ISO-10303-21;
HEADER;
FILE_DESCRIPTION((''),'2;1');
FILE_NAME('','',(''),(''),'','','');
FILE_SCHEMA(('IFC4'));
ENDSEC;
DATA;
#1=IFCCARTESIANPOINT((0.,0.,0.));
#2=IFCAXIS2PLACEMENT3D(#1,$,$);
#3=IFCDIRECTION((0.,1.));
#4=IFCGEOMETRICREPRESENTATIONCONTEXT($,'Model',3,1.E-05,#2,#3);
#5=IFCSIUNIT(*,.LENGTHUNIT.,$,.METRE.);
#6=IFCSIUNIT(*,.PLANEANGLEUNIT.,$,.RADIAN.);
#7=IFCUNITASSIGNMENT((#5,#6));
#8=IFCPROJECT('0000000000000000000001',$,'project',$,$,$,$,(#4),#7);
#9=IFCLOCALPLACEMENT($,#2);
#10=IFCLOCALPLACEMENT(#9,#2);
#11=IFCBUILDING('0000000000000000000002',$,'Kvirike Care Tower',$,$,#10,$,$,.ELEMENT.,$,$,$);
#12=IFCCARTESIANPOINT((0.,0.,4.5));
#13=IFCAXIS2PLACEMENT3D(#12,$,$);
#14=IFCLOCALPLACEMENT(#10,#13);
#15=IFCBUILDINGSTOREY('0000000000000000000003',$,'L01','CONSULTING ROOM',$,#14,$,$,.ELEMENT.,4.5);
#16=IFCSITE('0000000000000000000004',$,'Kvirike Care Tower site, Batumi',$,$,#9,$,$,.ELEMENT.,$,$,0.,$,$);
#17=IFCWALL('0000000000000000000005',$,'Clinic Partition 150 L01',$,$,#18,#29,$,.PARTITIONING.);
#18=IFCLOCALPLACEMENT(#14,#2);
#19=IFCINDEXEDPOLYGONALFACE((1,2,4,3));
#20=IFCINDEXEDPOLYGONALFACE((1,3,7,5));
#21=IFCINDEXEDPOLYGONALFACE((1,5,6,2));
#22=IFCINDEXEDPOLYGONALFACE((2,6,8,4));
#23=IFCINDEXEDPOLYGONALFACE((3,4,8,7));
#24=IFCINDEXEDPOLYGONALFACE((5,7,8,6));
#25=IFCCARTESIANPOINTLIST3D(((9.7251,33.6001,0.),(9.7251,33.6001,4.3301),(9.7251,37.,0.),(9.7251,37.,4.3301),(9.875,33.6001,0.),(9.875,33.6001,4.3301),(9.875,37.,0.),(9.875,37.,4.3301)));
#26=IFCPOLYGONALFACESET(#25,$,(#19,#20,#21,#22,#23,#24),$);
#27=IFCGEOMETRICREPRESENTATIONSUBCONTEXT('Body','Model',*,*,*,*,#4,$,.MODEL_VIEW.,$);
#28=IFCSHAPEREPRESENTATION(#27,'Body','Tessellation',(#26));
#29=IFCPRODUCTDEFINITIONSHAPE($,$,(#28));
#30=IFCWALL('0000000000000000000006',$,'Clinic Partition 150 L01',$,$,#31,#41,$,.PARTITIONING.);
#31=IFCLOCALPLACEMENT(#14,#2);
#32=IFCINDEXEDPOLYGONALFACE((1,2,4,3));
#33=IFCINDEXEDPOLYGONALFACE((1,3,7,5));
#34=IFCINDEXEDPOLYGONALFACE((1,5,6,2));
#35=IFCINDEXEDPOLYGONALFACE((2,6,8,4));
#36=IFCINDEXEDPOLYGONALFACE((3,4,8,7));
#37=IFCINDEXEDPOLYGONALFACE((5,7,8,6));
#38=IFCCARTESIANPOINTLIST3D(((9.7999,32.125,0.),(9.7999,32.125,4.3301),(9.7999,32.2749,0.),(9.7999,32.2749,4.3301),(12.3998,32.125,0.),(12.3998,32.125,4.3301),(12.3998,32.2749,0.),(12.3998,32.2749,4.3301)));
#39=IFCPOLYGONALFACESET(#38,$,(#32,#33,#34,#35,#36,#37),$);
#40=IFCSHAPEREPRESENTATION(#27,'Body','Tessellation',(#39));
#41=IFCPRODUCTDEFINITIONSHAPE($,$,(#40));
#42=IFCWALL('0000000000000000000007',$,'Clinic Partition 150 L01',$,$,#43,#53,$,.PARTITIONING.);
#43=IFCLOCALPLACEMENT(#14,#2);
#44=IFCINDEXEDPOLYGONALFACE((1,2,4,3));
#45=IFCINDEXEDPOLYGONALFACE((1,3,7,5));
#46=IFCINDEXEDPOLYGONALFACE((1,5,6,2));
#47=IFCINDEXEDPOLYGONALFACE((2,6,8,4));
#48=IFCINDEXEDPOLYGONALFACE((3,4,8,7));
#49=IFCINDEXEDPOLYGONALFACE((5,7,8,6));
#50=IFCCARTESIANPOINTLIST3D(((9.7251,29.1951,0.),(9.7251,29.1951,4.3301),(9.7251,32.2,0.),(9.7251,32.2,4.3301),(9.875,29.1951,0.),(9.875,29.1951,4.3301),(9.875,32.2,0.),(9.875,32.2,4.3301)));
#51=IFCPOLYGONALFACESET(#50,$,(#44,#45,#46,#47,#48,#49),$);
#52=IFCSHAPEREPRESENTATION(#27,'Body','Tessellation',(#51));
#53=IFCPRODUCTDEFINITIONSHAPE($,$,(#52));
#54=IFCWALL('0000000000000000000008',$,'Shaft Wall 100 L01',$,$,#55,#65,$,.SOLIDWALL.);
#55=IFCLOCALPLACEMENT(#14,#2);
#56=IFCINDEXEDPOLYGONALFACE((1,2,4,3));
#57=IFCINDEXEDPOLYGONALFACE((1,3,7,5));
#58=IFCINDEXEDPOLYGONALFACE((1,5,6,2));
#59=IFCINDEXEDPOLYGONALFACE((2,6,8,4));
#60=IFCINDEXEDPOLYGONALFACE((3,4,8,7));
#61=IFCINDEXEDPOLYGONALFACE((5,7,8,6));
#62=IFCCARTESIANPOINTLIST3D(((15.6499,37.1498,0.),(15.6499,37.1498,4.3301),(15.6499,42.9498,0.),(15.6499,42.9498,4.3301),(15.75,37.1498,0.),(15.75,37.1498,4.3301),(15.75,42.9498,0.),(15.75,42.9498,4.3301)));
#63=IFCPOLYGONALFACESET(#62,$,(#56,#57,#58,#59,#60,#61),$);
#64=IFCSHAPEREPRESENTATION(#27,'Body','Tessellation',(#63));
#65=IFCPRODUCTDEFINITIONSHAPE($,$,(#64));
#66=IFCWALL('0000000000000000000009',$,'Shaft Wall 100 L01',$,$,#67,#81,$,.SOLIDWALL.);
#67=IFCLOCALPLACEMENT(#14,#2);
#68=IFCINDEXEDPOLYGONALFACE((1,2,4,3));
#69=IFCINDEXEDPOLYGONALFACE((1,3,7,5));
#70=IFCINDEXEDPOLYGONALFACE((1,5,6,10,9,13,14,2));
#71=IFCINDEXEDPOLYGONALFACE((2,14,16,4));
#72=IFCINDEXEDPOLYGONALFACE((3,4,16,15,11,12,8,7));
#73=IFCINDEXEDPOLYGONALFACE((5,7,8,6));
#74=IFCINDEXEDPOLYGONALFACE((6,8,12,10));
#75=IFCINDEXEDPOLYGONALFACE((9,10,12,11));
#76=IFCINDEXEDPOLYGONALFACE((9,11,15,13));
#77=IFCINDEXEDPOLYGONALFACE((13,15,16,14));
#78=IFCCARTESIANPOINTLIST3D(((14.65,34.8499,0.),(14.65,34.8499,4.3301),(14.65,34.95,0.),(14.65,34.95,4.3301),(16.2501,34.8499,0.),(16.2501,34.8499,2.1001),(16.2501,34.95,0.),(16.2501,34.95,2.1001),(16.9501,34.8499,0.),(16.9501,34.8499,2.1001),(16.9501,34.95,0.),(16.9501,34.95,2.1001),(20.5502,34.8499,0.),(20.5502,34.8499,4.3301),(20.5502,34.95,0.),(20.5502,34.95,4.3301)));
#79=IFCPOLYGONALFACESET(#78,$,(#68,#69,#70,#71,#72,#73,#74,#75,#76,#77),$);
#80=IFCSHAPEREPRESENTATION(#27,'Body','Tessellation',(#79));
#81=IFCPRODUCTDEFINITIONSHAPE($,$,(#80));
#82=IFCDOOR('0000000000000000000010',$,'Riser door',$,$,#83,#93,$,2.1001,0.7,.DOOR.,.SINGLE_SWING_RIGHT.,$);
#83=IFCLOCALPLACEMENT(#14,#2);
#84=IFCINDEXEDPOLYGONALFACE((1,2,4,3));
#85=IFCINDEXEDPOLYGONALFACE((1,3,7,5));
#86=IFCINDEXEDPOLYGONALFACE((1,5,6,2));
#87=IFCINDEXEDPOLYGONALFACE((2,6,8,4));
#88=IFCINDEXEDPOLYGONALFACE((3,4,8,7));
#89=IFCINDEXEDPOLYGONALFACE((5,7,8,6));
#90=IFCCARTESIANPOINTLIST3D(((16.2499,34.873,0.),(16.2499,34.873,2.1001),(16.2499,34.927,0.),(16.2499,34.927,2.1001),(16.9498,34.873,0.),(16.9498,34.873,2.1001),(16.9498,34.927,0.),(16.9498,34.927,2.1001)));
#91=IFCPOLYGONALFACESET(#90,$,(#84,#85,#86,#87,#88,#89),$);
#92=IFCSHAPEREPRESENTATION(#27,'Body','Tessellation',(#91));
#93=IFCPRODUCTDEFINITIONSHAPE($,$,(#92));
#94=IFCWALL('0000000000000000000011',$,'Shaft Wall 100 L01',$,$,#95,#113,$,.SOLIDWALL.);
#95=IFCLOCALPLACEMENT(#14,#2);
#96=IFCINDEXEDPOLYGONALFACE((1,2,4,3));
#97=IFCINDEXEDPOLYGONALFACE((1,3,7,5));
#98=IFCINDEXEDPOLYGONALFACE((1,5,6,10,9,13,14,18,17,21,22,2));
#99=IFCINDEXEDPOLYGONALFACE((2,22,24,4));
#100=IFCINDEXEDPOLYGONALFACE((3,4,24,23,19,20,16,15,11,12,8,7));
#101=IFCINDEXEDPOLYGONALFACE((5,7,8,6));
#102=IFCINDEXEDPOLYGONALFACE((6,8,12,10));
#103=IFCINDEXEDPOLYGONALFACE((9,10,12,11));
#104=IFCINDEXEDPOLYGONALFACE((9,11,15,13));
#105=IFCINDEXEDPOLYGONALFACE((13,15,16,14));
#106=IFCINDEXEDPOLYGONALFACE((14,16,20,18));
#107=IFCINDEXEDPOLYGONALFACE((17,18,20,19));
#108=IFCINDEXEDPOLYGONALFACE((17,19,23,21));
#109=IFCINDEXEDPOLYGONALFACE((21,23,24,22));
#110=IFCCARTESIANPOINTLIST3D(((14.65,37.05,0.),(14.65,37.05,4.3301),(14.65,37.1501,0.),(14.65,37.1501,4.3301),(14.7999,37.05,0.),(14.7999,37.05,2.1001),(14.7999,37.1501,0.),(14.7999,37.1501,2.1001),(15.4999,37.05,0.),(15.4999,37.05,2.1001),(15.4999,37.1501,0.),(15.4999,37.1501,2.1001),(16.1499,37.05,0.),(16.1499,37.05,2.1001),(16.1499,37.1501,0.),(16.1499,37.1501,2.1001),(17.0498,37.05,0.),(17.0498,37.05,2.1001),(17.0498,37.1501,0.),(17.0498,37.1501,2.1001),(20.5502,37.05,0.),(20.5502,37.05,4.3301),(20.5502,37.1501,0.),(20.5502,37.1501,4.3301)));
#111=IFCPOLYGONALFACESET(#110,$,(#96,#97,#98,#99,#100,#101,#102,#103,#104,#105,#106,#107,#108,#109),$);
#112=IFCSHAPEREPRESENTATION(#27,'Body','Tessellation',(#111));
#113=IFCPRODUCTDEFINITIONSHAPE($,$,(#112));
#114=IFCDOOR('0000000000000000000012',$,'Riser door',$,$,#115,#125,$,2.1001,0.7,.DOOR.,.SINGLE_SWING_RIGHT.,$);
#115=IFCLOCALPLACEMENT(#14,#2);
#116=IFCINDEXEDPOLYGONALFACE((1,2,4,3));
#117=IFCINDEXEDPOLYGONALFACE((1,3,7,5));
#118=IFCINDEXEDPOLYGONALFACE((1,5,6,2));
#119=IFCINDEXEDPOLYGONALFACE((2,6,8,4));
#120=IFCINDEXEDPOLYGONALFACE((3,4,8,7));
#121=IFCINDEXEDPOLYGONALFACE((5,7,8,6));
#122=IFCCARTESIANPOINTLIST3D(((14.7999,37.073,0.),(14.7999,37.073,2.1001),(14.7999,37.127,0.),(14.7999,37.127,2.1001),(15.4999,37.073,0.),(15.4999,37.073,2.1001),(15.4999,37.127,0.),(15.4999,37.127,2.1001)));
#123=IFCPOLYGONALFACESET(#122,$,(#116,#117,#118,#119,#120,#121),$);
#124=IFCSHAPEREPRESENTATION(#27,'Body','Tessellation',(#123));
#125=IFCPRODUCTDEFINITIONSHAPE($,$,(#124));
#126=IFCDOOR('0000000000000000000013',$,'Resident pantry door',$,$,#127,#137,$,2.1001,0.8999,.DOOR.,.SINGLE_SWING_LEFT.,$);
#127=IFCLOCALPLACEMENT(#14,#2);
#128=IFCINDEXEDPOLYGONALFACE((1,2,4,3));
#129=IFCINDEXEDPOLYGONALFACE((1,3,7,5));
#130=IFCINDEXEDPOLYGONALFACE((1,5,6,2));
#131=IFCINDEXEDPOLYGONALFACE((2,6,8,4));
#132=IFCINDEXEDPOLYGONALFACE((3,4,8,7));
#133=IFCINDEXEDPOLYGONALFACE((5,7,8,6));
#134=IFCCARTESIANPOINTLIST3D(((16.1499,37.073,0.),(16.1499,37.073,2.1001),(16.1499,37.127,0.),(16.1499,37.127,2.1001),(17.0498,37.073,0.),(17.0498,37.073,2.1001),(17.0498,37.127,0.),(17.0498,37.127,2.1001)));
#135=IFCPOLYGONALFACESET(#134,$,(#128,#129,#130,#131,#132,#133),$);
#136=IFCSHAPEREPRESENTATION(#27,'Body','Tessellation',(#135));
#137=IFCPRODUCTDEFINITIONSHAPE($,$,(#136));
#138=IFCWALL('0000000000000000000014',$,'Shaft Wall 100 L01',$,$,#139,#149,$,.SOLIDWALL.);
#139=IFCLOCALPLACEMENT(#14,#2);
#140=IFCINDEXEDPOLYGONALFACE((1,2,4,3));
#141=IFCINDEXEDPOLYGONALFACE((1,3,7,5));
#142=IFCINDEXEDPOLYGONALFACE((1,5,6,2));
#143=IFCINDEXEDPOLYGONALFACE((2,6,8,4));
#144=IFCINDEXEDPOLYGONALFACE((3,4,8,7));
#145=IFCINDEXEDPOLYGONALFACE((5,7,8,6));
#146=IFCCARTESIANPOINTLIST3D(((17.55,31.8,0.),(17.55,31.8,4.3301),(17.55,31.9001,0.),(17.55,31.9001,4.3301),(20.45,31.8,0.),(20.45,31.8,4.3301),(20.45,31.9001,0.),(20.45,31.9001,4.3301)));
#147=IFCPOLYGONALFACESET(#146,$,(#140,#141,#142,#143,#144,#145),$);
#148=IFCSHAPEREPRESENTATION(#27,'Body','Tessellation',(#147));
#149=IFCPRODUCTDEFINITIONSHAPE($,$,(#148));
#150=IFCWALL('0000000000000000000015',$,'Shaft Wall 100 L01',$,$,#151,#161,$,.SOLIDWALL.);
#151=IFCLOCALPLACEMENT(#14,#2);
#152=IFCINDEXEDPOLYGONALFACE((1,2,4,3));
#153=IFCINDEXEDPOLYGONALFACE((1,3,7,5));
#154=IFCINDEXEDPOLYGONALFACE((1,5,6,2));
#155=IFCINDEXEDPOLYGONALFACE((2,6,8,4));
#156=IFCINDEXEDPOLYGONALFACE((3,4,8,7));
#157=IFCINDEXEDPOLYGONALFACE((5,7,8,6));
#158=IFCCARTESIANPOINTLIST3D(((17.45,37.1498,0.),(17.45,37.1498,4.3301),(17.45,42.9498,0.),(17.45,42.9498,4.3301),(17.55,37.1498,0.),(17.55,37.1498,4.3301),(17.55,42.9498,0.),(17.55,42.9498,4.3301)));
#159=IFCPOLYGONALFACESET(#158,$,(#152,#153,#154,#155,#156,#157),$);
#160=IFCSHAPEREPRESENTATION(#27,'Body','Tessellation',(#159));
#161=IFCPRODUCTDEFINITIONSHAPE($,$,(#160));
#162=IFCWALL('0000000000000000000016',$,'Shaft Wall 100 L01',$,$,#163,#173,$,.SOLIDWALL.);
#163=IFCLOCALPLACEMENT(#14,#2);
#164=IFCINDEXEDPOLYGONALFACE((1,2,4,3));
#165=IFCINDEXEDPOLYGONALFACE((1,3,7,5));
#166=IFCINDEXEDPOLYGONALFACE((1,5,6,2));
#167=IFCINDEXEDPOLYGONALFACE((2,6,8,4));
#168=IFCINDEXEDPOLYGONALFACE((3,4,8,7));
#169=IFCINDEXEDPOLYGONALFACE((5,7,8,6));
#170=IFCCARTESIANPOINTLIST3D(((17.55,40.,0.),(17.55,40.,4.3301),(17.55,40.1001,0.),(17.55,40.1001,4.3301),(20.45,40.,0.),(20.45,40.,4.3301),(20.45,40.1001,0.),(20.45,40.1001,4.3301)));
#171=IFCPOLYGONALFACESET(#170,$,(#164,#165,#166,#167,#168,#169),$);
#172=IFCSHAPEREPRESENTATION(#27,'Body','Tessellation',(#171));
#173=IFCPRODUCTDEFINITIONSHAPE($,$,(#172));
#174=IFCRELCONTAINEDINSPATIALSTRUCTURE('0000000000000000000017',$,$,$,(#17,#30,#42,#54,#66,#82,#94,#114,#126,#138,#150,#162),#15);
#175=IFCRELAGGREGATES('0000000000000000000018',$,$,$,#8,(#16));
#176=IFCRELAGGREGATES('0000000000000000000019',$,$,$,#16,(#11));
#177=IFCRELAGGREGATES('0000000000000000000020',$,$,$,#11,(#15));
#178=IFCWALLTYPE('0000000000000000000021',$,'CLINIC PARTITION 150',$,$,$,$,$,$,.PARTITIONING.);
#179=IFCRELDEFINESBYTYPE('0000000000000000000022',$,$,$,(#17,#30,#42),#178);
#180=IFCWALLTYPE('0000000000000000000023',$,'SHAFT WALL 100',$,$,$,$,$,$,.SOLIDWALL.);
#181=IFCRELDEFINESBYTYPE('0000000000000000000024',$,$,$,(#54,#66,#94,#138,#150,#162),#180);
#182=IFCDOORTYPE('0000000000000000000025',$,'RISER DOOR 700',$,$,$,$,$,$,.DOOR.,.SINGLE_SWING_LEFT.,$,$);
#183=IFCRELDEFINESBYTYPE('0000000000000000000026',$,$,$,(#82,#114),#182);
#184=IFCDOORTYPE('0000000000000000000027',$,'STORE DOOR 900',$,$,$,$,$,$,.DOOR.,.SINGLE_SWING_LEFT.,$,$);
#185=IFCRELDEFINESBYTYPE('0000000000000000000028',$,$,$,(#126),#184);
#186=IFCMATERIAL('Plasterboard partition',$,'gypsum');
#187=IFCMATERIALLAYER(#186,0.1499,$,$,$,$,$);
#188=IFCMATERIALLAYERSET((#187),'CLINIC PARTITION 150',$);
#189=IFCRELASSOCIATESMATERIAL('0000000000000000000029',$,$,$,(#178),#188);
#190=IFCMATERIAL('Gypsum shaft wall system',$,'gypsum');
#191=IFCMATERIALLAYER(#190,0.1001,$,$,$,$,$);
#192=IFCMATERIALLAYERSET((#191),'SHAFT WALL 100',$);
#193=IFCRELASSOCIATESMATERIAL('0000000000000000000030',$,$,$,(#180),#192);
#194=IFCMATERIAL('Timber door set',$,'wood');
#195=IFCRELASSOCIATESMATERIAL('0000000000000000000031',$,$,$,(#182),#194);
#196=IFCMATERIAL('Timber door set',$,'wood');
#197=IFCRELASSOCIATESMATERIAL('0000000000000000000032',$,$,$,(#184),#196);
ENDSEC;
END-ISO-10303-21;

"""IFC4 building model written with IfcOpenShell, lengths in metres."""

from ifc_helpers import new_model, si_unit, direction, frame, frame_2d, origin, place, context, subcontext, project, spatial, rectangle, extrude, material, layer, layer_set, type_object, element, fill, save


model = new_model("IFC4")

# Units and contexts
model_context = context("Model", 3, precision=1e-05, world=origin(), true_north=direction((0.0, 1.0)))
body_context = subcontext(model_context, "Body", "Model", "MODEL_VIEW")
ifc_project = project(units=[si_unit("LENGTHUNIT", "METRE"), si_unit("PLANEANGLEUNIT", "RADIAN")], contexts=[model_context])

# Site, building, storey
site_placement = place(None, origin())
site = spatial("IfcSite", under=ifc_project, at=site_placement, Name="Kvirike Care Tower site, Batumi", CompositionType="ELEMENT", RefElevation=0.0)
building_placement = place(site_placement, origin())
building = spatial("IfcBuilding", under=site, at=building_placement, Name="Kvirike Care Tower", CompositionType="ELEMENT")
storey_placement = place(building_placement, frame((0.0, 0.0, 4.5)))
storey = spatial("IfcBuildingStorey", under=building, at=storey_placement, Name="L01", Description="CONSULTING ROOM", CompositionType="ELEMENT", Elevation=4.5)

# Walls
ifc_material_1 = material(Name="Plasterboard partition", Category="gypsum")
ifc_layer_1 = layer(ifc_material_1, 0.1499)
ifc_layer_set_1 = layer_set([ifc_layer_1], Name="CLINIC PARTITION 150")
wall_type_1 = type_object("IfcWallType", Name="CLINIC PARTITION 150", PredefinedType="PARTITIONING", material=ifc_layer_set_1)
wall_1_placement = place(storey_placement, frame((9.8, 37.0, 0.0), z_axis=(0.0, 0.0, 1.0), x_axis=(0.0, -1.0, 0.0)))
element("IfcWall", 1, at=wall_1_placement, inside=storey, type_object=wall_type_1, Name="Clinic Partition 150 L01", PredefinedType="PARTITIONING", context=body_context, shape_type="SweptSolid", body=[
    extrude(rectangle(XDim=3.3999, YDim=0.1499, at=frame_2d((1.7, 0.0))), origin(), (0.0, 0.0, 1.0), 4.3301),
])
wall_2_placement = place(storey_placement, frame((9.8, 32.2, 0.0), z_axis=(0.0, 0.0, 1.0), x_axis=(1.0, 0.0, 0.0)))
element("IfcWall", 2, at=wall_2_placement, inside=storey, type_object=wall_type_1, Name="Clinic Partition 150 L01", PredefinedType="PARTITIONING", context=body_context, shape_type="SweptSolid", body=[
    extrude(rectangle(XDim=2.5999, YDim=0.1499, at=frame_2d((1.2998, 0.0))), origin(), (0.0, 0.0, 1.0), 4.3301),
])
wall_3_placement = place(storey_placement, frame((9.8, 32.2, 0.0), z_axis=(0.0, 0.0, 1.0), x_axis=(0.0, -1.0, 0.0)))
element("IfcWall", 3, at=wall_3_placement, inside=storey, type_object=wall_type_1, Name="Clinic Partition 150 L01", PredefinedType="PARTITIONING", context=body_context, shape_type="SweptSolid", body=[
    extrude(rectangle(XDim=3.0049, YDim=0.1499, at=frame_2d((1.5024, 0.0))), origin(), (0.0, 0.0, 1.0), 4.3301),
])
ifc_material_2 = material(Name="Gypsum shaft wall system", Category="gypsum")
ifc_layer_2 = layer(ifc_material_2, 0.1001)
ifc_layer_set_2 = layer_set([ifc_layer_2], Name="SHAFT WALL 100")
wall_type_2 = type_object("IfcWallType", Name="SHAFT WALL 100", PredefinedType="SOLIDWALL", material=ifc_layer_set_2)
wall_4_placement = place(storey_placement, frame((15.7, 37.1499, 0.0), z_axis=(0.0, 0.0, 1.0), x_axis=(0.0, 1.0, 0.0)))
element("IfcWall", 4, at=wall_4_placement, inside=storey, type_object=wall_type_2, Name="Shaft Wall 100 L01", PredefinedType="SOLIDWALL", context=body_context, shape_type="SweptSolid", body=[
    extrude(rectangle(XDim=5.8, YDim=0.1001, at=frame_2d((2.8999, 0.0))), origin(), (0.0, 0.0, 1.0), 4.3301),
])

# Wall, opening, door
wall_5_placement = place(storey_placement, frame((14.6499, 34.8999, 0.0), z_axis=(0.0, 0.0, 1.0), x_axis=(1.0, 0.0, 0.0)))
wall_5 = element("IfcWall", 5, at=wall_5_placement, inside=storey, type_object=wall_type_2, Name="Shaft Wall 100 L01", PredefinedType="SOLIDWALL", context=body_context, shape_type="SweptSolid", body=[
    extrude(rectangle(XDim=5.9001, YDim=0.1001, at=frame_2d((2.9502, 0.0))), origin(), (0.0, 0.0, 1.0), 4.3301),
])
opening_1_placement = place(wall_5_placement, frame((1.6001, 0.0, 0.0)))
opening_1 = element("IfcOpeningElement", 6, at=opening_1_placement, cuts=wall_5, PredefinedType="OPENING", context=body_context, shape_type="SweptSolid", body=[
    extrude(rectangle(XDim=0.7, YDim=2.1001, at=frame_2d((0.3501, 1.05))), frame((0.0, 0.0605, 0.0), z_axis=(0.0, -1.0, 0.0), x_axis=(1.0, 0.0, 0.0)), (0.0, 0.0, 1.0), 0.1211),
])
ifc_material_3 = material(Name="Timber door set", Category="wood")
door_type_1 = type_object("IfcDoorType", Name="RISER DOOR 700", OperationType="SINGLE_SWING_LEFT", PredefinedType="DOOR", material=ifc_material_3)
door_1_placement = place(opening_1_placement, frame((0.7, 0.0, 0.0), z_axis=(0.0, 0.0, 1.0), x_axis=(-1.0, 0.0, 0.0)))
door_1 = element("IfcDoor", 7, at=door_1_placement, inside=storey, type_object=door_type_1, Name="Riser door", OperationType="SINGLE_SWING_RIGHT", OverallHeight=2.1001, OverallWidth=0.7, PredefinedType="DOOR", context=body_context, shape_type="SweptSolid", body=[
    extrude(rectangle(XDim=0.7, YDim=2.1001, at=frame_2d((0.3501, 1.05))), frame((0.0, 0.0269, 0.0), z_axis=(0.0, -1.0, 0.0), x_axis=(1.0, 0.0, 0.0)), (0.0, 0.0, 1.0), 0.054),
])
fill(opening_1, door_1)

# Wall, openings, doors
wall_6_placement = place(storey_placement, frame((14.6499, 37.1001, 0.0), z_axis=(0.0, 0.0, 1.0), x_axis=(1.0, 0.0, 0.0)))
wall_6 = element("IfcWall", 8, at=wall_6_placement, inside=storey, type_object=wall_type_2, Name="Shaft Wall 100 L01", PredefinedType="SOLIDWALL", context=body_context, shape_type="SweptSolid", body=[
    extrude(rectangle(XDim=5.9001, YDim=0.1001, at=frame_2d((2.9502, 0.0))), origin(), (0.0, 0.0, 1.0), 4.3301),
])
opening_2_placement = place(wall_6_placement, frame((0.1499, 0.0, 0.0)))
opening_2 = element("IfcOpeningElement", 9, at=opening_2_placement, cuts=wall_6, PredefinedType="OPENING", context=body_context, shape_type="SweptSolid", body=[
    extrude(rectangle(XDim=0.7, YDim=2.1001, at=frame_2d((0.3501, 1.05))), frame((0.0, 0.0605, 0.0), z_axis=(0.0, -1.0, 0.0), x_axis=(1.0, 0.0, 0.0)), (0.0, 0.0, 1.0), 0.1211),
])
opening_3_placement = place(wall_6_placement, frame((1.5, 0.0, 0.0)))
opening_3 = element("IfcOpeningElement", 10, at=opening_3_placement, cuts=wall_6, PredefinedType="OPENING", context=body_context, shape_type="SweptSolid", body=[
    extrude(rectangle(XDim=0.8999, YDim=2.1001, at=frame_2d((0.45, 1.05))), frame((0.0, 0.0605, 0.0), z_axis=(0.0, -1.0, 0.0), x_axis=(1.0, 0.0, 0.0)), (0.0, 0.0, 1.0), 0.1211),
])
door_2_placement = place(opening_2_placement, origin())
door_2 = element("IfcDoor", 11, at=door_2_placement, inside=storey, type_object=door_type_1, Name="Riser door", OperationType="SINGLE_SWING_RIGHT", OverallHeight=2.1001, OverallWidth=0.7, PredefinedType="DOOR", context=body_context, shape_type="SweptSolid", body=[
    extrude(rectangle(XDim=0.7, YDim=2.1001, at=frame_2d((0.3501, 1.05))), frame((0.0, 0.0269, 0.0), z_axis=(0.0, -1.0, 0.0), x_axis=(1.0, 0.0, 0.0)), (0.0, 0.0, 1.0), 0.054),
])
fill(opening_2, door_2)
ifc_material_4 = material(Name="Timber door set", Category="wood")
door_type_2 = type_object("IfcDoorType", Name="STORE DOOR 900", OperationType="SINGLE_SWING_LEFT", PredefinedType="DOOR", material=ifc_material_4)
door_3_placement = place(opening_3_placement, origin())
door_3 = element("IfcDoor", 12, at=door_3_placement, inside=storey, type_object=door_type_2, Name="Resident pantry door", OperationType="SINGLE_SWING_LEFT", OverallHeight=2.1001, OverallWidth=0.8999, PredefinedType="DOOR", context=body_context, shape_type="SweptSolid", body=[
    extrude(rectangle(XDim=0.8999, YDim=2.1001, at=frame_2d((0.45, 1.05))), frame((0.0, 0.0269, 0.0), z_axis=(0.0, -1.0, 0.0), x_axis=(1.0, 0.0, 0.0)), (0.0, 0.0, 1.0), 0.054),
])
fill(opening_3, door_3)

# Walls
wall_7_placement = place(storey_placement, frame((17.55, 31.8501, 0.0), z_axis=(0.0, 0.0, 1.0), x_axis=(1.0, 0.0, 0.0)))
element("IfcWall", 13, at=wall_7_placement, inside=storey, type_object=wall_type_2, Name="Shaft Wall 100 L01", PredefinedType="SOLIDWALL", context=body_context, shape_type="SweptSolid", body=[
    extrude(rectangle(XDim=2.8999, YDim=0.1001, at=frame_2d((1.45, 0.0))), origin(), (0.0, 0.0, 1.0), 4.3301),
])
wall_8_placement = place(storey_placement, frame((17.5, 37.1499, 0.0), z_axis=(0.0, 0.0, 1.0), x_axis=(0.0, 1.0, 0.0)))
element("IfcWall", 14, at=wall_8_placement, inside=storey, type_object=wall_type_2, Name="Shaft Wall 100 L01", PredefinedType="SOLIDWALL", context=body_context, shape_type="SweptSolid", body=[
    extrude(rectangle(XDim=5.8, YDim=0.1001, at=frame_2d((2.8999, 0.0))), origin(), (0.0, 0.0, 1.0), 4.3301),
])
wall_9_placement = place(storey_placement, frame((17.55, 40.05, 0.0), z_axis=(0.0, 0.0, 1.0), x_axis=(1.0, 0.0, 0.0)))
element("IfcWall", 15, at=wall_9_placement, inside=storey, type_object=wall_type_2, Name="Shaft Wall 100 L01", PredefinedType="SOLIDWALL", context=body_context, shape_type="SweptSolid", body=[
    extrude(rectangle(XDim=2.8999, YDim=0.1001, at=frame_2d((1.45, 0.0))), origin(), (0.0, 0.0, 1.0), 4.3301),
])

save(model, "model.ifc")
